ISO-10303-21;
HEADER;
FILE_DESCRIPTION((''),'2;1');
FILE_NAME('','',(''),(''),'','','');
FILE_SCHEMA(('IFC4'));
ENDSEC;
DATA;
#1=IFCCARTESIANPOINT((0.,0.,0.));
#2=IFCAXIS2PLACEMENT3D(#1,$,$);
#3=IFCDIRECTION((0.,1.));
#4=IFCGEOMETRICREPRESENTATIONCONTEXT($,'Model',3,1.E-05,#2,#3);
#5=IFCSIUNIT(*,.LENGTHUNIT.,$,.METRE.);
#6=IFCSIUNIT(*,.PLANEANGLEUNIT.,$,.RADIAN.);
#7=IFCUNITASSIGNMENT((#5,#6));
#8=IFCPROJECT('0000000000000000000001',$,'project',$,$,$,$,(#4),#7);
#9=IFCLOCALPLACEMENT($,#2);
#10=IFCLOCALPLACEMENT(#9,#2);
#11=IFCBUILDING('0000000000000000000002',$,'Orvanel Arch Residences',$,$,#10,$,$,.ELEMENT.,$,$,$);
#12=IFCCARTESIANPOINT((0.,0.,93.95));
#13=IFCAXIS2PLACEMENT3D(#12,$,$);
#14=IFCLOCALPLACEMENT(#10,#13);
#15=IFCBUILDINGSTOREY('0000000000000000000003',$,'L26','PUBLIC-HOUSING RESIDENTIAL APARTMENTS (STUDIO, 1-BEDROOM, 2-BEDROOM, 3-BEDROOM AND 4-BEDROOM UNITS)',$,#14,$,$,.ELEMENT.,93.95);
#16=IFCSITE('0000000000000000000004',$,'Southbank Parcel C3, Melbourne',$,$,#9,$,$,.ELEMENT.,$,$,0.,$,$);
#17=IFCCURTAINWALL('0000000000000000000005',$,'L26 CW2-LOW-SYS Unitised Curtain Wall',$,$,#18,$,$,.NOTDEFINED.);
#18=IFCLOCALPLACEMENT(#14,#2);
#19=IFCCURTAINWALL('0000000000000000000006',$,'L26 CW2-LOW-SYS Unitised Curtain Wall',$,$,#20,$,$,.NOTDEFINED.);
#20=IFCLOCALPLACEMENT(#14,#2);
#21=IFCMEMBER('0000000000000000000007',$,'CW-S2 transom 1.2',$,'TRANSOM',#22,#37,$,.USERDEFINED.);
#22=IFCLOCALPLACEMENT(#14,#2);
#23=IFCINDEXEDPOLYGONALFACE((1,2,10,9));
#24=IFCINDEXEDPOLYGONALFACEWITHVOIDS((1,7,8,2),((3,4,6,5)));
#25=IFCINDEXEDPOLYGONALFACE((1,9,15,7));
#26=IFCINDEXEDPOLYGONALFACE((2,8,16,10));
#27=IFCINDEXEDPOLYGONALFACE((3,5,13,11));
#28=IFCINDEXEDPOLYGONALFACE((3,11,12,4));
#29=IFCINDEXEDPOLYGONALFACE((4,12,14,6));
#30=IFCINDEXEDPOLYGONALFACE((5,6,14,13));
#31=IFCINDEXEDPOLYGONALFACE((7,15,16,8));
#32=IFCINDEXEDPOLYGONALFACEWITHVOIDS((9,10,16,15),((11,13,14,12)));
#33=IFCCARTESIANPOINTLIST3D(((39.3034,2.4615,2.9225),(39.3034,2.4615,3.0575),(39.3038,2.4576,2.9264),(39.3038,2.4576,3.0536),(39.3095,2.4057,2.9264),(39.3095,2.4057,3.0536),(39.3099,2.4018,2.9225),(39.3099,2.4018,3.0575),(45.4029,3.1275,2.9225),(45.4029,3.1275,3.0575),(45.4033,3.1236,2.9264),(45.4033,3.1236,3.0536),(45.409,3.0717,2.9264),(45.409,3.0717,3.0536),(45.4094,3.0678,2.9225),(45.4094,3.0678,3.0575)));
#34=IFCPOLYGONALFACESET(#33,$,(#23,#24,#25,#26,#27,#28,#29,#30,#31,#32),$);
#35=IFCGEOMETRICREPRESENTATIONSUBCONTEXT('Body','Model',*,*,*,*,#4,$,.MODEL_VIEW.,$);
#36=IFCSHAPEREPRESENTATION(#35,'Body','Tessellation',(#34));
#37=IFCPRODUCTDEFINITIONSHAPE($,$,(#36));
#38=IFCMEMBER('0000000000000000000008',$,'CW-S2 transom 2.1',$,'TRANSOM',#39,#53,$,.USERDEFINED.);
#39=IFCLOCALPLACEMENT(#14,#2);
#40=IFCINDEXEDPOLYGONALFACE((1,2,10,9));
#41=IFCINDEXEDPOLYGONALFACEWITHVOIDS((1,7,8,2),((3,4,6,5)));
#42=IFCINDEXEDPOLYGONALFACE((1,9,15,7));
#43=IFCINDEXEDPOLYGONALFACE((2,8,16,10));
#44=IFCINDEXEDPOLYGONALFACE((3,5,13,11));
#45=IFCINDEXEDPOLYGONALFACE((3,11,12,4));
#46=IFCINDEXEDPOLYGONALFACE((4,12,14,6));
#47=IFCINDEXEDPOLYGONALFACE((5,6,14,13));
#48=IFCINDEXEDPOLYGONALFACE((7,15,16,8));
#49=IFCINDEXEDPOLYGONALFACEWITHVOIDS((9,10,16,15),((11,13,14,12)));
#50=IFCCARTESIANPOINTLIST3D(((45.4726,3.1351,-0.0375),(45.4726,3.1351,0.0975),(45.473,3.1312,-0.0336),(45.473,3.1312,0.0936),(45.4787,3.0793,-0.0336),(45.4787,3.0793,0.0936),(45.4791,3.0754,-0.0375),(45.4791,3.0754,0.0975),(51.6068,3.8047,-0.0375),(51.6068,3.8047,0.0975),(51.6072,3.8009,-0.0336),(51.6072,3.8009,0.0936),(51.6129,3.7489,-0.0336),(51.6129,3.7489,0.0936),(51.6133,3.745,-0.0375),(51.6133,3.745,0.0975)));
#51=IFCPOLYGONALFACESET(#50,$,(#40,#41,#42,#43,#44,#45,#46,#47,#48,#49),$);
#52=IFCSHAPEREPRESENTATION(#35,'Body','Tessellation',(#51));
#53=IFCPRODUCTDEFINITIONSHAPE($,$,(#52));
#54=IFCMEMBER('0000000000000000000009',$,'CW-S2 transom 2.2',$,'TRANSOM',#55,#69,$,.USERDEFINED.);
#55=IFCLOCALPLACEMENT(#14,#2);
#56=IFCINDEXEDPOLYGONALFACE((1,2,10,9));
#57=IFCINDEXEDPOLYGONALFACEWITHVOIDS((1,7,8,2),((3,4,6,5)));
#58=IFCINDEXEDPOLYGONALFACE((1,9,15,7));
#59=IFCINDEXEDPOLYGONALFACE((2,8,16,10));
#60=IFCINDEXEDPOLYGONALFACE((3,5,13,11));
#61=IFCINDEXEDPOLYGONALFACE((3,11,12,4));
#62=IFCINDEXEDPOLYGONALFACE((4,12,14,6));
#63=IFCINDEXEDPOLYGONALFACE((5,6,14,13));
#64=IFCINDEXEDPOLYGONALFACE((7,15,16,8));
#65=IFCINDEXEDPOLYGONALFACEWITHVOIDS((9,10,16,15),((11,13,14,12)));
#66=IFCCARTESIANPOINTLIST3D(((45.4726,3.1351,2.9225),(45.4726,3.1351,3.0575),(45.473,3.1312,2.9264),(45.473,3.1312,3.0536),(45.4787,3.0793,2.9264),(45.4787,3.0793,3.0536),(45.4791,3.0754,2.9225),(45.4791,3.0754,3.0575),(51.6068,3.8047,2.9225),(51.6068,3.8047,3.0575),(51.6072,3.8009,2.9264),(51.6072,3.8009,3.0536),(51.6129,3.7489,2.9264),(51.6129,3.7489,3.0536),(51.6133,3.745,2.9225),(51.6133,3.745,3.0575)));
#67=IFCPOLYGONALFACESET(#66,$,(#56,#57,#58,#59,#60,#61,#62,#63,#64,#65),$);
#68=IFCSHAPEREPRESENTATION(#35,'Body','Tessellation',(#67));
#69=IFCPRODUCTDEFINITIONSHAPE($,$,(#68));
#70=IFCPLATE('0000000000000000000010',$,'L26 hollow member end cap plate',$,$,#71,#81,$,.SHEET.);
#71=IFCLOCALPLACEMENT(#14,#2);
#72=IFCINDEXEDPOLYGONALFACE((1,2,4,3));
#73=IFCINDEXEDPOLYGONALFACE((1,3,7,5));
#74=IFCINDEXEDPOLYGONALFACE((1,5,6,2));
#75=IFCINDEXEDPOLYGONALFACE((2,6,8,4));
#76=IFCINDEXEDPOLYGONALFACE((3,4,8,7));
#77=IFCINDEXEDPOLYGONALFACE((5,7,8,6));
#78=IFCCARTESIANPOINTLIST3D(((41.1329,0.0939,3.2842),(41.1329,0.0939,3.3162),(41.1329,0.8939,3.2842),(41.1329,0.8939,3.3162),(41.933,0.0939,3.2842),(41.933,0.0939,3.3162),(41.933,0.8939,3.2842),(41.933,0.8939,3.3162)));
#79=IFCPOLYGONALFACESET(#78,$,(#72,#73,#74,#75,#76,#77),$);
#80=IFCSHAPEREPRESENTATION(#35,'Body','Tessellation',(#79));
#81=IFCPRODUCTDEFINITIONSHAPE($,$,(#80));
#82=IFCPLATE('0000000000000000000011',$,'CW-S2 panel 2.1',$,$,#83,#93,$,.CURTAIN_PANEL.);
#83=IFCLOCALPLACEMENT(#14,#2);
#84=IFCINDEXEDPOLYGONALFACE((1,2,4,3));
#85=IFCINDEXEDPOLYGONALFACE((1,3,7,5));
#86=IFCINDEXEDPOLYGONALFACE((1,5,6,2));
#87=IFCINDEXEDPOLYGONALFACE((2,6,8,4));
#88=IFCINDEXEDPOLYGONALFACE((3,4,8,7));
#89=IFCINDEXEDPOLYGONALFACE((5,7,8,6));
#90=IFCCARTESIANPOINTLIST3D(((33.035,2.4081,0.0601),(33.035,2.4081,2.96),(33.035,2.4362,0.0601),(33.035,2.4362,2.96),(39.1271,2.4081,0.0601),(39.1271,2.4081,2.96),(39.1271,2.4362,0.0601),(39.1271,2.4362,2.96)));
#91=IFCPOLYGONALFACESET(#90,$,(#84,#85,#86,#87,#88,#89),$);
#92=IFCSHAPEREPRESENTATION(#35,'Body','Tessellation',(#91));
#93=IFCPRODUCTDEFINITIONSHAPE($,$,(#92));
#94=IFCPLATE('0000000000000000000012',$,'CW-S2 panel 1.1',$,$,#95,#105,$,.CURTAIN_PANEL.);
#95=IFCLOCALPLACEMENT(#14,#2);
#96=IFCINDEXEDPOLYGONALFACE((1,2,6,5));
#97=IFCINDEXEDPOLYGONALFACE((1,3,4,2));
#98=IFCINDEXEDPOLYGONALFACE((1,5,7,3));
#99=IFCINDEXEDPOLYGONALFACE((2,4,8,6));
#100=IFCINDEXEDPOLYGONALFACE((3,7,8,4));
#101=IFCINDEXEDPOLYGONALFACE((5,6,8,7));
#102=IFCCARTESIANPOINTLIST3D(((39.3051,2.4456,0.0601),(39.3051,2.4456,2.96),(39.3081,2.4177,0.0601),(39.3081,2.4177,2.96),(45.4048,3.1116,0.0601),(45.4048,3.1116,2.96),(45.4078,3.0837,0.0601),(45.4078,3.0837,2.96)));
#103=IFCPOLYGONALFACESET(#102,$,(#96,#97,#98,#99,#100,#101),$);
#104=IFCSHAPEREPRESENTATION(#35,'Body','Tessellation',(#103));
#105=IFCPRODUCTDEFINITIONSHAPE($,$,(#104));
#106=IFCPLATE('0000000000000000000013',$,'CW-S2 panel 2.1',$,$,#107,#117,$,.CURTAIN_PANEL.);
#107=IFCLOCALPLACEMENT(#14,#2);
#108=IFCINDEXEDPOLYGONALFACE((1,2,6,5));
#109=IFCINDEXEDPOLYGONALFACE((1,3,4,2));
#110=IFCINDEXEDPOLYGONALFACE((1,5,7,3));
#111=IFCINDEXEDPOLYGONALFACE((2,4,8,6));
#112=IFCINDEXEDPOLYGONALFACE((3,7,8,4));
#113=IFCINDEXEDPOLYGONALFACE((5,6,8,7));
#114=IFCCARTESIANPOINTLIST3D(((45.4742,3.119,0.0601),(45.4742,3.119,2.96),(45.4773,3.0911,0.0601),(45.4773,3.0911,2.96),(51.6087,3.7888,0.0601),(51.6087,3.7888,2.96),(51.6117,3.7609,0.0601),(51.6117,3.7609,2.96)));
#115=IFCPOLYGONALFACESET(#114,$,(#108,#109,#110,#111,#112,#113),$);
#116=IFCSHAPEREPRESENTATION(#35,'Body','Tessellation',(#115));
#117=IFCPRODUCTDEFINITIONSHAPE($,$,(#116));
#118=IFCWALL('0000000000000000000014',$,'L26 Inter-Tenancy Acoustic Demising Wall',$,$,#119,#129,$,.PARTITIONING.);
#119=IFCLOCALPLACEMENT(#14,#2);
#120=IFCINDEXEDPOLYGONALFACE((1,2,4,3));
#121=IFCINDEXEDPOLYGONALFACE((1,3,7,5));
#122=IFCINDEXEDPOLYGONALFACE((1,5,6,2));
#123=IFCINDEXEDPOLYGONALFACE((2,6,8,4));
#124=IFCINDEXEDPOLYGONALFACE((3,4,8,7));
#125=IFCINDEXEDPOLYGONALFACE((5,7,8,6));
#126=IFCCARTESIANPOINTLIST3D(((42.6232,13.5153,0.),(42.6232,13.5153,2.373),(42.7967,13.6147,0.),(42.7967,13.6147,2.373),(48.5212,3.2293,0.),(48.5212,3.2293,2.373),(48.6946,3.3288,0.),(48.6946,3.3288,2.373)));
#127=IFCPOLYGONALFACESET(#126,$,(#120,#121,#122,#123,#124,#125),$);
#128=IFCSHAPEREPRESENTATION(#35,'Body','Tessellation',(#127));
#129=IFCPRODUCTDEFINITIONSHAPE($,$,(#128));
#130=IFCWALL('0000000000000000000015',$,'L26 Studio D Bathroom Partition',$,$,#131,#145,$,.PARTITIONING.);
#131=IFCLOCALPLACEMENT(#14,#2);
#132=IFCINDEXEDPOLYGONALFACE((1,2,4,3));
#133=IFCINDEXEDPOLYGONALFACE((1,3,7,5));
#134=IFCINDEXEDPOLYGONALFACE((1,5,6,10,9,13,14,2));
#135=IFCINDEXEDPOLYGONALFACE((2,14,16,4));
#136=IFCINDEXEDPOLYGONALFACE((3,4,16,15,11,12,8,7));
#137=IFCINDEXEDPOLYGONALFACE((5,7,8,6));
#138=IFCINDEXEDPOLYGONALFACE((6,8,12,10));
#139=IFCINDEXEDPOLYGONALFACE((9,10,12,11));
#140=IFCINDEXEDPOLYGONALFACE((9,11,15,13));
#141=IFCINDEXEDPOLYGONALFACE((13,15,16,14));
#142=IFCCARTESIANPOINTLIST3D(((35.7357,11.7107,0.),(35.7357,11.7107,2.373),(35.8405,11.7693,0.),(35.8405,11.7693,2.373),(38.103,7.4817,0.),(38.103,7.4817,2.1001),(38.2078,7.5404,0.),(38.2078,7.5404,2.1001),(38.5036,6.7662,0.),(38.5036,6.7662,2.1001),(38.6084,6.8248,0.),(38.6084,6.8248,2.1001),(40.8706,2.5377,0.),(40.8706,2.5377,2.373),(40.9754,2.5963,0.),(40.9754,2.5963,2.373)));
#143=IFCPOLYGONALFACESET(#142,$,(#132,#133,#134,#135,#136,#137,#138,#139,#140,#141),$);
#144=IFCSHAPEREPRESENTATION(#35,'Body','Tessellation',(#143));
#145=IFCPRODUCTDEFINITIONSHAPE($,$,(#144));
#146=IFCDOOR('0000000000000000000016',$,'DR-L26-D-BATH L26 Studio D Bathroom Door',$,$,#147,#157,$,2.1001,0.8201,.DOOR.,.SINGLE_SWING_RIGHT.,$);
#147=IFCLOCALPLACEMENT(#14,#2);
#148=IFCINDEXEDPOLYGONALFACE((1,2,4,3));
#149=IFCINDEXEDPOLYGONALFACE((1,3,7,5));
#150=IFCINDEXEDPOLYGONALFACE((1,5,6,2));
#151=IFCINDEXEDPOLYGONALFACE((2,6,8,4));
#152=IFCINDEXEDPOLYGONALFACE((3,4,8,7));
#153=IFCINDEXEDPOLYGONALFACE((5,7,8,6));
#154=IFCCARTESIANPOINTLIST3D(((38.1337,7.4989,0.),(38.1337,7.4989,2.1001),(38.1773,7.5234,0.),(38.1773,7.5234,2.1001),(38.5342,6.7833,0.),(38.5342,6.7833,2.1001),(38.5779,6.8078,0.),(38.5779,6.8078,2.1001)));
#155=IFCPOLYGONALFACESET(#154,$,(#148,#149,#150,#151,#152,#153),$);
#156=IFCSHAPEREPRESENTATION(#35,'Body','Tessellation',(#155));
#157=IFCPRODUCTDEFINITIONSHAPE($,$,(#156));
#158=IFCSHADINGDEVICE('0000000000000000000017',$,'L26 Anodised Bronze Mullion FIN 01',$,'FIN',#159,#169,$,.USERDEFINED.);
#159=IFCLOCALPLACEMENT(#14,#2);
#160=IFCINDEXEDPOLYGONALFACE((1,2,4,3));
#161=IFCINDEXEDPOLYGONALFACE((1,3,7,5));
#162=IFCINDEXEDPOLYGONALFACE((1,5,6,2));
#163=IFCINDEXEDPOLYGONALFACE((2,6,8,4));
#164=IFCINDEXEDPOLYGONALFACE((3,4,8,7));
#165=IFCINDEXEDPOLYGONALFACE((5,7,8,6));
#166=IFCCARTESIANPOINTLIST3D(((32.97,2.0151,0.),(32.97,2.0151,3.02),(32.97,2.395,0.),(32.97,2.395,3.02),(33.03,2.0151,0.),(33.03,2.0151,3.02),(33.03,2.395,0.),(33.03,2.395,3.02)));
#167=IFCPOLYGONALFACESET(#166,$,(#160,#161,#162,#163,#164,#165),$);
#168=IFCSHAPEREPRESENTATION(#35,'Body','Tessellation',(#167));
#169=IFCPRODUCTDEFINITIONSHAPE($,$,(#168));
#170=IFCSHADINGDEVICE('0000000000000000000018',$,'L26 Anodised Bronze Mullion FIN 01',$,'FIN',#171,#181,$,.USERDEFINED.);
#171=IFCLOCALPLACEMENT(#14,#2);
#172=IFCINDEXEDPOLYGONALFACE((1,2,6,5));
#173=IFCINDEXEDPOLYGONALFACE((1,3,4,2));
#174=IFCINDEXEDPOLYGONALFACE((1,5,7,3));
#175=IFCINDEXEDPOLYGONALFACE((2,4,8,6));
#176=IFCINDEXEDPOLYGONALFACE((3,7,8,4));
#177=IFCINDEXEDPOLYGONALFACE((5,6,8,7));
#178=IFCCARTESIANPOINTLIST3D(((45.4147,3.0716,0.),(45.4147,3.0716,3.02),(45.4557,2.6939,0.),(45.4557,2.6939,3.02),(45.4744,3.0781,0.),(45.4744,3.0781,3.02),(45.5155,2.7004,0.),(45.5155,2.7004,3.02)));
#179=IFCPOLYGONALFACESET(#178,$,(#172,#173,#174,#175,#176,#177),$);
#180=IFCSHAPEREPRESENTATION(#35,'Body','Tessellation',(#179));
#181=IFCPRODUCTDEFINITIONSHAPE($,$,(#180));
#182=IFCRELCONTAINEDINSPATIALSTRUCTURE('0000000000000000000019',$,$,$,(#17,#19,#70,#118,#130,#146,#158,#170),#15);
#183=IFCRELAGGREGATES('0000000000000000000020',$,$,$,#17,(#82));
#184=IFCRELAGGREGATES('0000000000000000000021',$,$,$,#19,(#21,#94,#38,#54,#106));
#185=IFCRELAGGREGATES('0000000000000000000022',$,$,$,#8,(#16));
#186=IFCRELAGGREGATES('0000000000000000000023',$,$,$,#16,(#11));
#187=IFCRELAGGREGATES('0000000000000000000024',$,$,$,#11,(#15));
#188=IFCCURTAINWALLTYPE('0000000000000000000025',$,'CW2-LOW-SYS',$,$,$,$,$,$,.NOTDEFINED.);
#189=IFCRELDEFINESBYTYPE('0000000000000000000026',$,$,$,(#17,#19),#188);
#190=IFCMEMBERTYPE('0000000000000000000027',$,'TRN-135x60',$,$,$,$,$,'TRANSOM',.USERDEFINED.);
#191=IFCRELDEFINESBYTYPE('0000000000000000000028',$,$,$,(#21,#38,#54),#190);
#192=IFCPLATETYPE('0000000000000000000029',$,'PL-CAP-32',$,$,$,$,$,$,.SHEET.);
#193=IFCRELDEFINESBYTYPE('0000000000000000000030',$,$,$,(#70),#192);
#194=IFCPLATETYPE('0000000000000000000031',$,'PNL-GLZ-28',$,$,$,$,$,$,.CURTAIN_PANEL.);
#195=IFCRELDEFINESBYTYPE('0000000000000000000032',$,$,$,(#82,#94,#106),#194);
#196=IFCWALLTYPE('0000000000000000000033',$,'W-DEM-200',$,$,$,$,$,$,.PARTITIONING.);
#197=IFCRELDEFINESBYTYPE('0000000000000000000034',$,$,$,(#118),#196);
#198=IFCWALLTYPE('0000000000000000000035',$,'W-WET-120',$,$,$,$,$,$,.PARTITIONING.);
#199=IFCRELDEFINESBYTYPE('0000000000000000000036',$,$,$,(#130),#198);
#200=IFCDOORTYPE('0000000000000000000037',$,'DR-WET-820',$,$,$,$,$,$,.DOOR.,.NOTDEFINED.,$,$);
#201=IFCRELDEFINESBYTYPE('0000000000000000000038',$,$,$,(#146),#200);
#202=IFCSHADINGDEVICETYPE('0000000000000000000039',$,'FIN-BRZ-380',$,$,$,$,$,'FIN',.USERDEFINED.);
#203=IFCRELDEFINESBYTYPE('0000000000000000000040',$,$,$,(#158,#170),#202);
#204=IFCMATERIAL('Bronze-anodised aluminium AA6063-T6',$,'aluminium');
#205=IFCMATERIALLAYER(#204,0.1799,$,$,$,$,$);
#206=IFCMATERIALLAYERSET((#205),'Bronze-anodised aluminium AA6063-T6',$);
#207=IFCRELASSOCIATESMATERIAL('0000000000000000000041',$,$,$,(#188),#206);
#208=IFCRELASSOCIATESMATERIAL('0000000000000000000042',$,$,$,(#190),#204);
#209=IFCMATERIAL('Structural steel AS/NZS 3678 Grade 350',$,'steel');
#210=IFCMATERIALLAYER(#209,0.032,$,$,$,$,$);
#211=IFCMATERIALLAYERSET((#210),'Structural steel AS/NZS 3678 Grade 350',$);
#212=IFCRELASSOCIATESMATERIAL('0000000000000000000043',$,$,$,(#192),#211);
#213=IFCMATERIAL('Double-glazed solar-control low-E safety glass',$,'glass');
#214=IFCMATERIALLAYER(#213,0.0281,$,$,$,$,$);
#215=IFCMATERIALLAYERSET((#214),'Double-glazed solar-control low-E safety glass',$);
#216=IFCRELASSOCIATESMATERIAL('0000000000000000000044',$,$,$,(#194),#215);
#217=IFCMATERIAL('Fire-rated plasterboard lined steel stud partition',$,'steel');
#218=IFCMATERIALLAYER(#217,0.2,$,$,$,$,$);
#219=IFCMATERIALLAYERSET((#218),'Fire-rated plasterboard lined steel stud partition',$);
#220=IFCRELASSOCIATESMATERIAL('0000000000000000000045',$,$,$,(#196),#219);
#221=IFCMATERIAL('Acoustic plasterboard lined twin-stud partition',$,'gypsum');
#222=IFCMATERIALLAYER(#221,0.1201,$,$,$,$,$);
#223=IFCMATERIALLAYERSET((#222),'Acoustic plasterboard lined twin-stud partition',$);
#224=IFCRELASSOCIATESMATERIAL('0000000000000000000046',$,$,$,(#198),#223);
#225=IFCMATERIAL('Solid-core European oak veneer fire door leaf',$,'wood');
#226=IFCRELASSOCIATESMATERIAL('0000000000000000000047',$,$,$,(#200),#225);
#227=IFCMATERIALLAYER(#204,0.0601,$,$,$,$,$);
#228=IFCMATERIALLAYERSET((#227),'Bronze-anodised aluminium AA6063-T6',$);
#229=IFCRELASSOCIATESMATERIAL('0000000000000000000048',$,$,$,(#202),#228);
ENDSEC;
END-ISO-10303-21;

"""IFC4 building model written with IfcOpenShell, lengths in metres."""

from ifc_helpers import new_model, si_unit, direction, frame, frame_2d, origin, origin_2d, place, context, subcontext, project, spatial, rectangle, hollow_rectangle, extrude, material, layer, layer_set, material_profile, profile_set, type_object, element, fill, aggregate, save


model = new_model("IFC4")

# Units and contexts
model_context = context("Model", 3, precision=1e-05, world=origin(), true_north=direction((0.0, 1.0)))
body_context = subcontext(model_context, "Body", "Model", "MODEL_VIEW")
ifc_project = project(units=[si_unit("LENGTHUNIT", "METRE"), si_unit("PLANEANGLEUNIT", "RADIAN")], contexts=[model_context])

# Site, building, storey
site_placement = place(None, origin())
site = spatial("IfcSite", under=ifc_project, at=site_placement, Name="Southbank Parcel C3, Melbourne", CompositionType="ELEMENT", RefElevation=0.0)
building_placement = place(site_placement, origin())
building = spatial("IfcBuilding", under=site, at=building_placement, Name="Orvanel Arch Residences", CompositionType="ELEMENT")
storey_placement = place(building_placement, frame((0.0, 0.0, 93.95)))
storey = spatial("IfcBuildingStorey", under=building, at=storey_placement, Name="L26", Description="PUBLIC-HOUSING RESIDENTIAL APARTMENTS (STUDIO, 1-BEDROOM, 2-BEDROOM, 3-BEDROOM AND 4-BEDROOM UNITS)", CompositionType="ELEMENT", Elevation=93.95)

# Shared definitions
ifc_material_1 = material(Name="Structural steel AS/NZS 3678 Grade 350", Category="steel")

# Curtain walls
ifc_material_2 = material(Name="Bronze-anodised aluminium AA6063-T6", Category="aluminium")
ifc_layer_1 = layer(ifc_material_2, 0.1799)
ifc_layer_set_1 = layer_set([ifc_layer_1], Name="Bronze-anodised aluminium AA6063-T6")
curtain_wall_type = type_object("IfcCurtainWallType", Name="CW2-LOW-SYS", PredefinedType="NOTDEFINED", material=ifc_layer_set_1)
curtain_wall_1_placement = place(storey_placement, origin())
curtain_wall_1 = element("IfcCurtainWall", 1, at=curtain_wall_1_placement, inside=storey, type_object=curtain_wall_type, Name="L26 CW2-LOW-SYS Unitised Curtain Wall", PredefinedType="NOTDEFINED")
curtain_wall_2_placement = place(storey_placement, origin())
curtain_wall_2 = element("IfcCurtainWall", 2, at=curtain_wall_2_placement, inside=storey, type_object=curtain_wall_type, Name="L26 CW2-LOW-SYS Unitised Curtain Wall", PredefinedType="NOTDEFINED")

# Members
ifc_material_profile_1 = material_profile(ifc_material_2, hollow_rectangle(XDim=0.0601, YDim=0.135, WallThickness=0.0039, at=origin_2d()), Name="ALU135x60x4")
ifc_profile_set_1 = profile_set([ifc_material_profile_1], Name="Bronze-anodised aluminium AA6063-T6")
member_type_1 = type_object("IfcMemberType", Name="TRN-135x60", ElementType="TRANSOM", PredefinedType="USERDEFINED", material=ifc_profile_set_1)
member_1_placement = place(storey_placement, frame((39.3066, 2.4316, 2.99), z_axis=(0.994092, 0.108545, 0.0), x_axis=(-0.108545, 0.994092, 0.0)))
member_1 = element("IfcMember", 3, at=member_1_placement, type_object=member_type_1, Name="CW-S2 transom 1.2", ObjectType="TRANSOM", PredefinedType="USERDEFINED", context=body_context, shape_type="SweptSolid", body=[
    extrude(hollow_rectangle(XDim=0.0601, YDim=0.135, WallThickness=0.0039, at=origin_2d()), origin(), (0.0, 0.0, 1.0), 6.1357),
])
member_2_placement = place(storey_placement, frame((45.4758, 3.1052, 0.03), z_axis=(0.994094, 0.108525, 0.0), x_axis=(-0.108525, 0.994094, 0.0)))
member_2 = element("IfcMember", 4, at=member_2_placement, type_object=member_type_1, Name="CW-S2 transom 2.1", ObjectType="TRANSOM", PredefinedType="USERDEFINED", context=body_context, shape_type="SweptSolid", body=[
    extrude(hollow_rectangle(XDim=0.0601, YDim=0.135, WallThickness=0.0039, at=origin_2d()), origin(), (0.0, 0.0, 1.0), 6.1707),
])
member_3_placement = place(storey_placement, frame((45.4758, 3.1052, 2.99), z_axis=(0.994094, 0.108525, 0.0), x_axis=(-0.108525, 0.994094, 0.0)))
member_3 = element("IfcMember", 5, at=member_3_placement, type_object=member_type_1, Name="CW-S2 transom 2.2", ObjectType="TRANSOM", PredefinedType="USERDEFINED", context=body_context, shape_type="SweptSolid", body=[
    extrude(hollow_rectangle(XDim=0.0601, YDim=0.135, WallThickness=0.0039, at=origin_2d()), origin(), (0.0, 0.0, 1.0), 6.1707),
])

# Plates
ifc_layer_2 = layer(ifc_material_1, 0.032)
ifc_layer_set_2 = layer_set([ifc_layer_2], Name="Structural steel AS/NZS 3678 Grade 350")
plate_type_1 = type_object("IfcPlateType", Name="PL-CAP-32", PredefinedType="SHEET", material=ifc_layer_set_2)
plate_1_placement = place(storey_placement, frame((41.533, 0.4939, 3.2842), z_axis=(0.0, 0.0, 1.0), x_axis=(1.0, 0.0, 0.0)))
element("IfcPlate", 6, at=plate_1_placement, inside=storey, type_object=plate_type_1, Name="L26 hollow member end cap plate", PredefinedType="SHEET", context=body_context, shape_type="SweptSolid", body=[
    extrude(rectangle(XDim=0.8, YDim=0.8, at=origin_2d()), origin(), (0.0, 0.0, 1.0), 0.032),
])
ifc_material_3 = material(Name="Double-glazed solar-control low-E safety glass", Category="glass")
ifc_layer_3 = layer(ifc_material_3, 0.0281)
ifc_layer_set_3 = layer_set([ifc_layer_3], Name="Double-glazed solar-control low-E safety glass")
plate_type_2 = type_object("IfcPlateType", Name="PNL-GLZ-28", PredefinedType="CURTAIN_PANEL", material=ifc_layer_set_3)
plate_2_placement = place(storey_placement, frame((36.0811, 2.4221, 0.0601), z_axis=(0.0, 0.0, 1.0), x_axis=(1.0, 0.0, 0.0)))
plate_2 = element("IfcPlate", 7, at=plate_2_placement, type_object=plate_type_2, Name="CW-S2 panel 2.1", PredefinedType="CURTAIN_PANEL", context=body_context, shape_type="SweptSolid", body=[
    extrude(rectangle(XDim=6.092, YDim=0.0281, at=origin_2d()), origin(), (0.0, 0.0, 1.0), 2.8999),
])
aggregate(curtain_wall_1, [plate_2])
plate_3_placement = place(storey_placement, frame((42.3564, 2.7646, 0.0601), z_axis=(0.0, 0.0, 1.0), x_axis=(0.994093, 0.108532, 0.0)))
plate_3 = element("IfcPlate", 8, at=plate_3_placement, type_object=plate_type_2, Name="CW-S2 panel 1.1", PredefinedType="CURTAIN_PANEL", context=body_context, shape_type="SweptSolid", body=[
    extrude(rectangle(XDim=6.136, YDim=0.0281, at=origin_2d()), origin(), (0.0, 0.0, 1.0), 2.8999),
])
plate_4_placement = place(storey_placement, frame((48.543, 3.4399, 0.0601), z_axis=(0.0, 0.0, 1.0), x_axis=(0.994093, 0.108532, 0.0)))
plate_4 = element("IfcPlate", 9, at=plate_4_placement, type_object=plate_type_2, Name="CW-S2 panel 2.1", PredefinedType="CURTAIN_PANEL", context=body_context, shape_type="SweptSolid", body=[
    extrude(rectangle(XDim=6.1709, YDim=0.0281, at=origin_2d()), origin(), (0.0, 0.0, 1.0), 2.8999),
])
aggregate(curtain_wall_2, [member_1, plate_3, member_2, member_3, plate_4])

# Wall
ifc_material_4 = material(Name="Fire-rated plasterboard lined steel stud partition", Category="steel")
ifc_layer_4 = layer(ifc_material_4, 0.2)
ifc_layer_set_4 = layer_set([ifc_layer_4], Name="Fire-rated plasterboard lined steel stud partition")
wall_type_1 = type_object("IfcWallType", Name="W-DEM-200", PredefinedType="PARTITIONING", material=ifc_layer_set_4)
wall_1_placement = place(storey_placement, frame((48.6079, 3.2791, 0.0), z_axis=(0.0, 0.0, 1.0), x_axis=(-0.497429, 0.867505, 0.0)))
element("IfcWall", 10, at=wall_1_placement, inside=storey, type_object=wall_type_1, Name="L26 Inter-Tenancy Acoustic Demising Wall", PredefinedType="PARTITIONING", context=body_context, shape_type="SweptSolid", body=[
    extrude(rectangle(XDim=11.8569, YDim=0.2, at=frame_2d((5.9285, 0.0))), origin(), (0.0, 0.0, 1.0), 2.373),
])

# Wall, opening, door
ifc_material_5 = material(Name="Acoustic plasterboard lined twin-stud partition", Category="gypsum")
ifc_layer_5 = layer(ifc_material_5, 0.1201)
ifc_layer_set_5 = layer_set([ifc_layer_5], Name="Acoustic plasterboard lined twin-stud partition")
wall_type_2 = type_object("IfcWallType", Name="W-WET-120", PredefinedType="PARTITIONING", material=ifc_layer_set_5)
wall_2_placement = place(storey_placement, frame((40.9231, 2.5669, 0.0), z_axis=(0.0, 0.0, 1.0), x_axis=(-0.488464, 0.872584, 0.0)))
wall_2 = element("IfcWall", 11, at=wall_2_placement, inside=storey, type_object=wall_type_2, Name="L26 Studio D Bathroom Partition", PredefinedType="PARTITIONING", context=body_context, shape_type="SweptSolid", body=[
    extrude(rectangle(XDim=10.5125, YDim=0.1201, at=frame_2d((5.2563, 0.0))), origin(), (0.0, 0.0, 1.0), 2.373),
])
opening_placement = place(wall_2_placement, frame((4.8459, 0.0, 0.0)))
opening = element("IfcOpeningElement", 12, at=opening_placement, cuts=wall_2, PredefinedType="OPENING", context=body_context, shape_type="SweptSolid", body=[
    extrude(rectangle(XDim=0.8201, YDim=2.1001, at=frame_2d((0.4102, 1.05))), frame((0.0, 0.0701, 0.0), z_axis=(0.0, -1.0, 0.0), x_axis=(1.0, 0.0, 0.0)), (0.0, 0.0, 1.0), 0.1401),
])
ifc_material_6 = material(Name="Solid-core European oak veneer fire door leaf", Category="wood")
door_type = type_object("IfcDoorType", Name="DR-WET-820", OperationType="NOTDEFINED", PredefinedType="DOOR", material=ifc_material_6)
door_placement = place(opening_placement, origin())
door = element("IfcDoor", 13, at=door_placement, inside=storey, type_object=door_type, Name="DR-L26-D-BATH L26 Studio D Bathroom Door", OperationType="SINGLE_SWING_RIGHT", OverallHeight=2.1001, OverallWidth=0.8201, PredefinedType="DOOR", context=body_context, shape_type="SweptSolid", body=[
    extrude(rectangle(XDim=0.8201, YDim=2.1001, at=frame_2d((0.4102, 1.05))), frame((0.0, 0.0249, 0.0), z_axis=(0.0, -1.0, 0.0), x_axis=(1.0, 0.0, 0.0)), (0.0, 0.0, 1.0), 0.05),
])
fill(opening, door)

# Shading devices
ifc_layer_6 = layer(ifc_material_2, 0.0601)
ifc_layer_set_6 = layer_set([ifc_layer_6], Name="Bronze-anodised aluminium AA6063-T6")
shading_device_type = type_object("IfcShadingDeviceType", Name="FIN-BRZ-380", ElementType="FIN", PredefinedType="USERDEFINED", material=ifc_layer_set_6)
for number, where, z_axis, x_axis, name in (
    (14, (33.0, 2.2051, 0.0), (0.0, 0.0, 1.0), (0.0, -1.0, 0.0), "L26 Anodised Bronze Mullion FIN 01"),
    (15, (45.4651, 2.886, 0.0), (0.0, 0.0, 1.0), (0.107999, -0.994151, 0.0), "L26 Anodised Bronze Mullion FIN 01"),
):
    element("IfcShadingDevice", number, at=place(storey_placement, frame(where, z_axis=z_axis, x_axis=x_axis)), inside=storey, type_object=shading_device_type, Name=name, ObjectType="FIN", PredefinedType="USERDEFINED", context=body_context, shape_type="SweptSolid", body=[
        extrude(rectangle(XDim=0.3799, YDim=0.0601, at=origin_2d()), origin(), (0.0, 0.0, 1.0), 3.02),
    ])

save(model, "model.ifc")
